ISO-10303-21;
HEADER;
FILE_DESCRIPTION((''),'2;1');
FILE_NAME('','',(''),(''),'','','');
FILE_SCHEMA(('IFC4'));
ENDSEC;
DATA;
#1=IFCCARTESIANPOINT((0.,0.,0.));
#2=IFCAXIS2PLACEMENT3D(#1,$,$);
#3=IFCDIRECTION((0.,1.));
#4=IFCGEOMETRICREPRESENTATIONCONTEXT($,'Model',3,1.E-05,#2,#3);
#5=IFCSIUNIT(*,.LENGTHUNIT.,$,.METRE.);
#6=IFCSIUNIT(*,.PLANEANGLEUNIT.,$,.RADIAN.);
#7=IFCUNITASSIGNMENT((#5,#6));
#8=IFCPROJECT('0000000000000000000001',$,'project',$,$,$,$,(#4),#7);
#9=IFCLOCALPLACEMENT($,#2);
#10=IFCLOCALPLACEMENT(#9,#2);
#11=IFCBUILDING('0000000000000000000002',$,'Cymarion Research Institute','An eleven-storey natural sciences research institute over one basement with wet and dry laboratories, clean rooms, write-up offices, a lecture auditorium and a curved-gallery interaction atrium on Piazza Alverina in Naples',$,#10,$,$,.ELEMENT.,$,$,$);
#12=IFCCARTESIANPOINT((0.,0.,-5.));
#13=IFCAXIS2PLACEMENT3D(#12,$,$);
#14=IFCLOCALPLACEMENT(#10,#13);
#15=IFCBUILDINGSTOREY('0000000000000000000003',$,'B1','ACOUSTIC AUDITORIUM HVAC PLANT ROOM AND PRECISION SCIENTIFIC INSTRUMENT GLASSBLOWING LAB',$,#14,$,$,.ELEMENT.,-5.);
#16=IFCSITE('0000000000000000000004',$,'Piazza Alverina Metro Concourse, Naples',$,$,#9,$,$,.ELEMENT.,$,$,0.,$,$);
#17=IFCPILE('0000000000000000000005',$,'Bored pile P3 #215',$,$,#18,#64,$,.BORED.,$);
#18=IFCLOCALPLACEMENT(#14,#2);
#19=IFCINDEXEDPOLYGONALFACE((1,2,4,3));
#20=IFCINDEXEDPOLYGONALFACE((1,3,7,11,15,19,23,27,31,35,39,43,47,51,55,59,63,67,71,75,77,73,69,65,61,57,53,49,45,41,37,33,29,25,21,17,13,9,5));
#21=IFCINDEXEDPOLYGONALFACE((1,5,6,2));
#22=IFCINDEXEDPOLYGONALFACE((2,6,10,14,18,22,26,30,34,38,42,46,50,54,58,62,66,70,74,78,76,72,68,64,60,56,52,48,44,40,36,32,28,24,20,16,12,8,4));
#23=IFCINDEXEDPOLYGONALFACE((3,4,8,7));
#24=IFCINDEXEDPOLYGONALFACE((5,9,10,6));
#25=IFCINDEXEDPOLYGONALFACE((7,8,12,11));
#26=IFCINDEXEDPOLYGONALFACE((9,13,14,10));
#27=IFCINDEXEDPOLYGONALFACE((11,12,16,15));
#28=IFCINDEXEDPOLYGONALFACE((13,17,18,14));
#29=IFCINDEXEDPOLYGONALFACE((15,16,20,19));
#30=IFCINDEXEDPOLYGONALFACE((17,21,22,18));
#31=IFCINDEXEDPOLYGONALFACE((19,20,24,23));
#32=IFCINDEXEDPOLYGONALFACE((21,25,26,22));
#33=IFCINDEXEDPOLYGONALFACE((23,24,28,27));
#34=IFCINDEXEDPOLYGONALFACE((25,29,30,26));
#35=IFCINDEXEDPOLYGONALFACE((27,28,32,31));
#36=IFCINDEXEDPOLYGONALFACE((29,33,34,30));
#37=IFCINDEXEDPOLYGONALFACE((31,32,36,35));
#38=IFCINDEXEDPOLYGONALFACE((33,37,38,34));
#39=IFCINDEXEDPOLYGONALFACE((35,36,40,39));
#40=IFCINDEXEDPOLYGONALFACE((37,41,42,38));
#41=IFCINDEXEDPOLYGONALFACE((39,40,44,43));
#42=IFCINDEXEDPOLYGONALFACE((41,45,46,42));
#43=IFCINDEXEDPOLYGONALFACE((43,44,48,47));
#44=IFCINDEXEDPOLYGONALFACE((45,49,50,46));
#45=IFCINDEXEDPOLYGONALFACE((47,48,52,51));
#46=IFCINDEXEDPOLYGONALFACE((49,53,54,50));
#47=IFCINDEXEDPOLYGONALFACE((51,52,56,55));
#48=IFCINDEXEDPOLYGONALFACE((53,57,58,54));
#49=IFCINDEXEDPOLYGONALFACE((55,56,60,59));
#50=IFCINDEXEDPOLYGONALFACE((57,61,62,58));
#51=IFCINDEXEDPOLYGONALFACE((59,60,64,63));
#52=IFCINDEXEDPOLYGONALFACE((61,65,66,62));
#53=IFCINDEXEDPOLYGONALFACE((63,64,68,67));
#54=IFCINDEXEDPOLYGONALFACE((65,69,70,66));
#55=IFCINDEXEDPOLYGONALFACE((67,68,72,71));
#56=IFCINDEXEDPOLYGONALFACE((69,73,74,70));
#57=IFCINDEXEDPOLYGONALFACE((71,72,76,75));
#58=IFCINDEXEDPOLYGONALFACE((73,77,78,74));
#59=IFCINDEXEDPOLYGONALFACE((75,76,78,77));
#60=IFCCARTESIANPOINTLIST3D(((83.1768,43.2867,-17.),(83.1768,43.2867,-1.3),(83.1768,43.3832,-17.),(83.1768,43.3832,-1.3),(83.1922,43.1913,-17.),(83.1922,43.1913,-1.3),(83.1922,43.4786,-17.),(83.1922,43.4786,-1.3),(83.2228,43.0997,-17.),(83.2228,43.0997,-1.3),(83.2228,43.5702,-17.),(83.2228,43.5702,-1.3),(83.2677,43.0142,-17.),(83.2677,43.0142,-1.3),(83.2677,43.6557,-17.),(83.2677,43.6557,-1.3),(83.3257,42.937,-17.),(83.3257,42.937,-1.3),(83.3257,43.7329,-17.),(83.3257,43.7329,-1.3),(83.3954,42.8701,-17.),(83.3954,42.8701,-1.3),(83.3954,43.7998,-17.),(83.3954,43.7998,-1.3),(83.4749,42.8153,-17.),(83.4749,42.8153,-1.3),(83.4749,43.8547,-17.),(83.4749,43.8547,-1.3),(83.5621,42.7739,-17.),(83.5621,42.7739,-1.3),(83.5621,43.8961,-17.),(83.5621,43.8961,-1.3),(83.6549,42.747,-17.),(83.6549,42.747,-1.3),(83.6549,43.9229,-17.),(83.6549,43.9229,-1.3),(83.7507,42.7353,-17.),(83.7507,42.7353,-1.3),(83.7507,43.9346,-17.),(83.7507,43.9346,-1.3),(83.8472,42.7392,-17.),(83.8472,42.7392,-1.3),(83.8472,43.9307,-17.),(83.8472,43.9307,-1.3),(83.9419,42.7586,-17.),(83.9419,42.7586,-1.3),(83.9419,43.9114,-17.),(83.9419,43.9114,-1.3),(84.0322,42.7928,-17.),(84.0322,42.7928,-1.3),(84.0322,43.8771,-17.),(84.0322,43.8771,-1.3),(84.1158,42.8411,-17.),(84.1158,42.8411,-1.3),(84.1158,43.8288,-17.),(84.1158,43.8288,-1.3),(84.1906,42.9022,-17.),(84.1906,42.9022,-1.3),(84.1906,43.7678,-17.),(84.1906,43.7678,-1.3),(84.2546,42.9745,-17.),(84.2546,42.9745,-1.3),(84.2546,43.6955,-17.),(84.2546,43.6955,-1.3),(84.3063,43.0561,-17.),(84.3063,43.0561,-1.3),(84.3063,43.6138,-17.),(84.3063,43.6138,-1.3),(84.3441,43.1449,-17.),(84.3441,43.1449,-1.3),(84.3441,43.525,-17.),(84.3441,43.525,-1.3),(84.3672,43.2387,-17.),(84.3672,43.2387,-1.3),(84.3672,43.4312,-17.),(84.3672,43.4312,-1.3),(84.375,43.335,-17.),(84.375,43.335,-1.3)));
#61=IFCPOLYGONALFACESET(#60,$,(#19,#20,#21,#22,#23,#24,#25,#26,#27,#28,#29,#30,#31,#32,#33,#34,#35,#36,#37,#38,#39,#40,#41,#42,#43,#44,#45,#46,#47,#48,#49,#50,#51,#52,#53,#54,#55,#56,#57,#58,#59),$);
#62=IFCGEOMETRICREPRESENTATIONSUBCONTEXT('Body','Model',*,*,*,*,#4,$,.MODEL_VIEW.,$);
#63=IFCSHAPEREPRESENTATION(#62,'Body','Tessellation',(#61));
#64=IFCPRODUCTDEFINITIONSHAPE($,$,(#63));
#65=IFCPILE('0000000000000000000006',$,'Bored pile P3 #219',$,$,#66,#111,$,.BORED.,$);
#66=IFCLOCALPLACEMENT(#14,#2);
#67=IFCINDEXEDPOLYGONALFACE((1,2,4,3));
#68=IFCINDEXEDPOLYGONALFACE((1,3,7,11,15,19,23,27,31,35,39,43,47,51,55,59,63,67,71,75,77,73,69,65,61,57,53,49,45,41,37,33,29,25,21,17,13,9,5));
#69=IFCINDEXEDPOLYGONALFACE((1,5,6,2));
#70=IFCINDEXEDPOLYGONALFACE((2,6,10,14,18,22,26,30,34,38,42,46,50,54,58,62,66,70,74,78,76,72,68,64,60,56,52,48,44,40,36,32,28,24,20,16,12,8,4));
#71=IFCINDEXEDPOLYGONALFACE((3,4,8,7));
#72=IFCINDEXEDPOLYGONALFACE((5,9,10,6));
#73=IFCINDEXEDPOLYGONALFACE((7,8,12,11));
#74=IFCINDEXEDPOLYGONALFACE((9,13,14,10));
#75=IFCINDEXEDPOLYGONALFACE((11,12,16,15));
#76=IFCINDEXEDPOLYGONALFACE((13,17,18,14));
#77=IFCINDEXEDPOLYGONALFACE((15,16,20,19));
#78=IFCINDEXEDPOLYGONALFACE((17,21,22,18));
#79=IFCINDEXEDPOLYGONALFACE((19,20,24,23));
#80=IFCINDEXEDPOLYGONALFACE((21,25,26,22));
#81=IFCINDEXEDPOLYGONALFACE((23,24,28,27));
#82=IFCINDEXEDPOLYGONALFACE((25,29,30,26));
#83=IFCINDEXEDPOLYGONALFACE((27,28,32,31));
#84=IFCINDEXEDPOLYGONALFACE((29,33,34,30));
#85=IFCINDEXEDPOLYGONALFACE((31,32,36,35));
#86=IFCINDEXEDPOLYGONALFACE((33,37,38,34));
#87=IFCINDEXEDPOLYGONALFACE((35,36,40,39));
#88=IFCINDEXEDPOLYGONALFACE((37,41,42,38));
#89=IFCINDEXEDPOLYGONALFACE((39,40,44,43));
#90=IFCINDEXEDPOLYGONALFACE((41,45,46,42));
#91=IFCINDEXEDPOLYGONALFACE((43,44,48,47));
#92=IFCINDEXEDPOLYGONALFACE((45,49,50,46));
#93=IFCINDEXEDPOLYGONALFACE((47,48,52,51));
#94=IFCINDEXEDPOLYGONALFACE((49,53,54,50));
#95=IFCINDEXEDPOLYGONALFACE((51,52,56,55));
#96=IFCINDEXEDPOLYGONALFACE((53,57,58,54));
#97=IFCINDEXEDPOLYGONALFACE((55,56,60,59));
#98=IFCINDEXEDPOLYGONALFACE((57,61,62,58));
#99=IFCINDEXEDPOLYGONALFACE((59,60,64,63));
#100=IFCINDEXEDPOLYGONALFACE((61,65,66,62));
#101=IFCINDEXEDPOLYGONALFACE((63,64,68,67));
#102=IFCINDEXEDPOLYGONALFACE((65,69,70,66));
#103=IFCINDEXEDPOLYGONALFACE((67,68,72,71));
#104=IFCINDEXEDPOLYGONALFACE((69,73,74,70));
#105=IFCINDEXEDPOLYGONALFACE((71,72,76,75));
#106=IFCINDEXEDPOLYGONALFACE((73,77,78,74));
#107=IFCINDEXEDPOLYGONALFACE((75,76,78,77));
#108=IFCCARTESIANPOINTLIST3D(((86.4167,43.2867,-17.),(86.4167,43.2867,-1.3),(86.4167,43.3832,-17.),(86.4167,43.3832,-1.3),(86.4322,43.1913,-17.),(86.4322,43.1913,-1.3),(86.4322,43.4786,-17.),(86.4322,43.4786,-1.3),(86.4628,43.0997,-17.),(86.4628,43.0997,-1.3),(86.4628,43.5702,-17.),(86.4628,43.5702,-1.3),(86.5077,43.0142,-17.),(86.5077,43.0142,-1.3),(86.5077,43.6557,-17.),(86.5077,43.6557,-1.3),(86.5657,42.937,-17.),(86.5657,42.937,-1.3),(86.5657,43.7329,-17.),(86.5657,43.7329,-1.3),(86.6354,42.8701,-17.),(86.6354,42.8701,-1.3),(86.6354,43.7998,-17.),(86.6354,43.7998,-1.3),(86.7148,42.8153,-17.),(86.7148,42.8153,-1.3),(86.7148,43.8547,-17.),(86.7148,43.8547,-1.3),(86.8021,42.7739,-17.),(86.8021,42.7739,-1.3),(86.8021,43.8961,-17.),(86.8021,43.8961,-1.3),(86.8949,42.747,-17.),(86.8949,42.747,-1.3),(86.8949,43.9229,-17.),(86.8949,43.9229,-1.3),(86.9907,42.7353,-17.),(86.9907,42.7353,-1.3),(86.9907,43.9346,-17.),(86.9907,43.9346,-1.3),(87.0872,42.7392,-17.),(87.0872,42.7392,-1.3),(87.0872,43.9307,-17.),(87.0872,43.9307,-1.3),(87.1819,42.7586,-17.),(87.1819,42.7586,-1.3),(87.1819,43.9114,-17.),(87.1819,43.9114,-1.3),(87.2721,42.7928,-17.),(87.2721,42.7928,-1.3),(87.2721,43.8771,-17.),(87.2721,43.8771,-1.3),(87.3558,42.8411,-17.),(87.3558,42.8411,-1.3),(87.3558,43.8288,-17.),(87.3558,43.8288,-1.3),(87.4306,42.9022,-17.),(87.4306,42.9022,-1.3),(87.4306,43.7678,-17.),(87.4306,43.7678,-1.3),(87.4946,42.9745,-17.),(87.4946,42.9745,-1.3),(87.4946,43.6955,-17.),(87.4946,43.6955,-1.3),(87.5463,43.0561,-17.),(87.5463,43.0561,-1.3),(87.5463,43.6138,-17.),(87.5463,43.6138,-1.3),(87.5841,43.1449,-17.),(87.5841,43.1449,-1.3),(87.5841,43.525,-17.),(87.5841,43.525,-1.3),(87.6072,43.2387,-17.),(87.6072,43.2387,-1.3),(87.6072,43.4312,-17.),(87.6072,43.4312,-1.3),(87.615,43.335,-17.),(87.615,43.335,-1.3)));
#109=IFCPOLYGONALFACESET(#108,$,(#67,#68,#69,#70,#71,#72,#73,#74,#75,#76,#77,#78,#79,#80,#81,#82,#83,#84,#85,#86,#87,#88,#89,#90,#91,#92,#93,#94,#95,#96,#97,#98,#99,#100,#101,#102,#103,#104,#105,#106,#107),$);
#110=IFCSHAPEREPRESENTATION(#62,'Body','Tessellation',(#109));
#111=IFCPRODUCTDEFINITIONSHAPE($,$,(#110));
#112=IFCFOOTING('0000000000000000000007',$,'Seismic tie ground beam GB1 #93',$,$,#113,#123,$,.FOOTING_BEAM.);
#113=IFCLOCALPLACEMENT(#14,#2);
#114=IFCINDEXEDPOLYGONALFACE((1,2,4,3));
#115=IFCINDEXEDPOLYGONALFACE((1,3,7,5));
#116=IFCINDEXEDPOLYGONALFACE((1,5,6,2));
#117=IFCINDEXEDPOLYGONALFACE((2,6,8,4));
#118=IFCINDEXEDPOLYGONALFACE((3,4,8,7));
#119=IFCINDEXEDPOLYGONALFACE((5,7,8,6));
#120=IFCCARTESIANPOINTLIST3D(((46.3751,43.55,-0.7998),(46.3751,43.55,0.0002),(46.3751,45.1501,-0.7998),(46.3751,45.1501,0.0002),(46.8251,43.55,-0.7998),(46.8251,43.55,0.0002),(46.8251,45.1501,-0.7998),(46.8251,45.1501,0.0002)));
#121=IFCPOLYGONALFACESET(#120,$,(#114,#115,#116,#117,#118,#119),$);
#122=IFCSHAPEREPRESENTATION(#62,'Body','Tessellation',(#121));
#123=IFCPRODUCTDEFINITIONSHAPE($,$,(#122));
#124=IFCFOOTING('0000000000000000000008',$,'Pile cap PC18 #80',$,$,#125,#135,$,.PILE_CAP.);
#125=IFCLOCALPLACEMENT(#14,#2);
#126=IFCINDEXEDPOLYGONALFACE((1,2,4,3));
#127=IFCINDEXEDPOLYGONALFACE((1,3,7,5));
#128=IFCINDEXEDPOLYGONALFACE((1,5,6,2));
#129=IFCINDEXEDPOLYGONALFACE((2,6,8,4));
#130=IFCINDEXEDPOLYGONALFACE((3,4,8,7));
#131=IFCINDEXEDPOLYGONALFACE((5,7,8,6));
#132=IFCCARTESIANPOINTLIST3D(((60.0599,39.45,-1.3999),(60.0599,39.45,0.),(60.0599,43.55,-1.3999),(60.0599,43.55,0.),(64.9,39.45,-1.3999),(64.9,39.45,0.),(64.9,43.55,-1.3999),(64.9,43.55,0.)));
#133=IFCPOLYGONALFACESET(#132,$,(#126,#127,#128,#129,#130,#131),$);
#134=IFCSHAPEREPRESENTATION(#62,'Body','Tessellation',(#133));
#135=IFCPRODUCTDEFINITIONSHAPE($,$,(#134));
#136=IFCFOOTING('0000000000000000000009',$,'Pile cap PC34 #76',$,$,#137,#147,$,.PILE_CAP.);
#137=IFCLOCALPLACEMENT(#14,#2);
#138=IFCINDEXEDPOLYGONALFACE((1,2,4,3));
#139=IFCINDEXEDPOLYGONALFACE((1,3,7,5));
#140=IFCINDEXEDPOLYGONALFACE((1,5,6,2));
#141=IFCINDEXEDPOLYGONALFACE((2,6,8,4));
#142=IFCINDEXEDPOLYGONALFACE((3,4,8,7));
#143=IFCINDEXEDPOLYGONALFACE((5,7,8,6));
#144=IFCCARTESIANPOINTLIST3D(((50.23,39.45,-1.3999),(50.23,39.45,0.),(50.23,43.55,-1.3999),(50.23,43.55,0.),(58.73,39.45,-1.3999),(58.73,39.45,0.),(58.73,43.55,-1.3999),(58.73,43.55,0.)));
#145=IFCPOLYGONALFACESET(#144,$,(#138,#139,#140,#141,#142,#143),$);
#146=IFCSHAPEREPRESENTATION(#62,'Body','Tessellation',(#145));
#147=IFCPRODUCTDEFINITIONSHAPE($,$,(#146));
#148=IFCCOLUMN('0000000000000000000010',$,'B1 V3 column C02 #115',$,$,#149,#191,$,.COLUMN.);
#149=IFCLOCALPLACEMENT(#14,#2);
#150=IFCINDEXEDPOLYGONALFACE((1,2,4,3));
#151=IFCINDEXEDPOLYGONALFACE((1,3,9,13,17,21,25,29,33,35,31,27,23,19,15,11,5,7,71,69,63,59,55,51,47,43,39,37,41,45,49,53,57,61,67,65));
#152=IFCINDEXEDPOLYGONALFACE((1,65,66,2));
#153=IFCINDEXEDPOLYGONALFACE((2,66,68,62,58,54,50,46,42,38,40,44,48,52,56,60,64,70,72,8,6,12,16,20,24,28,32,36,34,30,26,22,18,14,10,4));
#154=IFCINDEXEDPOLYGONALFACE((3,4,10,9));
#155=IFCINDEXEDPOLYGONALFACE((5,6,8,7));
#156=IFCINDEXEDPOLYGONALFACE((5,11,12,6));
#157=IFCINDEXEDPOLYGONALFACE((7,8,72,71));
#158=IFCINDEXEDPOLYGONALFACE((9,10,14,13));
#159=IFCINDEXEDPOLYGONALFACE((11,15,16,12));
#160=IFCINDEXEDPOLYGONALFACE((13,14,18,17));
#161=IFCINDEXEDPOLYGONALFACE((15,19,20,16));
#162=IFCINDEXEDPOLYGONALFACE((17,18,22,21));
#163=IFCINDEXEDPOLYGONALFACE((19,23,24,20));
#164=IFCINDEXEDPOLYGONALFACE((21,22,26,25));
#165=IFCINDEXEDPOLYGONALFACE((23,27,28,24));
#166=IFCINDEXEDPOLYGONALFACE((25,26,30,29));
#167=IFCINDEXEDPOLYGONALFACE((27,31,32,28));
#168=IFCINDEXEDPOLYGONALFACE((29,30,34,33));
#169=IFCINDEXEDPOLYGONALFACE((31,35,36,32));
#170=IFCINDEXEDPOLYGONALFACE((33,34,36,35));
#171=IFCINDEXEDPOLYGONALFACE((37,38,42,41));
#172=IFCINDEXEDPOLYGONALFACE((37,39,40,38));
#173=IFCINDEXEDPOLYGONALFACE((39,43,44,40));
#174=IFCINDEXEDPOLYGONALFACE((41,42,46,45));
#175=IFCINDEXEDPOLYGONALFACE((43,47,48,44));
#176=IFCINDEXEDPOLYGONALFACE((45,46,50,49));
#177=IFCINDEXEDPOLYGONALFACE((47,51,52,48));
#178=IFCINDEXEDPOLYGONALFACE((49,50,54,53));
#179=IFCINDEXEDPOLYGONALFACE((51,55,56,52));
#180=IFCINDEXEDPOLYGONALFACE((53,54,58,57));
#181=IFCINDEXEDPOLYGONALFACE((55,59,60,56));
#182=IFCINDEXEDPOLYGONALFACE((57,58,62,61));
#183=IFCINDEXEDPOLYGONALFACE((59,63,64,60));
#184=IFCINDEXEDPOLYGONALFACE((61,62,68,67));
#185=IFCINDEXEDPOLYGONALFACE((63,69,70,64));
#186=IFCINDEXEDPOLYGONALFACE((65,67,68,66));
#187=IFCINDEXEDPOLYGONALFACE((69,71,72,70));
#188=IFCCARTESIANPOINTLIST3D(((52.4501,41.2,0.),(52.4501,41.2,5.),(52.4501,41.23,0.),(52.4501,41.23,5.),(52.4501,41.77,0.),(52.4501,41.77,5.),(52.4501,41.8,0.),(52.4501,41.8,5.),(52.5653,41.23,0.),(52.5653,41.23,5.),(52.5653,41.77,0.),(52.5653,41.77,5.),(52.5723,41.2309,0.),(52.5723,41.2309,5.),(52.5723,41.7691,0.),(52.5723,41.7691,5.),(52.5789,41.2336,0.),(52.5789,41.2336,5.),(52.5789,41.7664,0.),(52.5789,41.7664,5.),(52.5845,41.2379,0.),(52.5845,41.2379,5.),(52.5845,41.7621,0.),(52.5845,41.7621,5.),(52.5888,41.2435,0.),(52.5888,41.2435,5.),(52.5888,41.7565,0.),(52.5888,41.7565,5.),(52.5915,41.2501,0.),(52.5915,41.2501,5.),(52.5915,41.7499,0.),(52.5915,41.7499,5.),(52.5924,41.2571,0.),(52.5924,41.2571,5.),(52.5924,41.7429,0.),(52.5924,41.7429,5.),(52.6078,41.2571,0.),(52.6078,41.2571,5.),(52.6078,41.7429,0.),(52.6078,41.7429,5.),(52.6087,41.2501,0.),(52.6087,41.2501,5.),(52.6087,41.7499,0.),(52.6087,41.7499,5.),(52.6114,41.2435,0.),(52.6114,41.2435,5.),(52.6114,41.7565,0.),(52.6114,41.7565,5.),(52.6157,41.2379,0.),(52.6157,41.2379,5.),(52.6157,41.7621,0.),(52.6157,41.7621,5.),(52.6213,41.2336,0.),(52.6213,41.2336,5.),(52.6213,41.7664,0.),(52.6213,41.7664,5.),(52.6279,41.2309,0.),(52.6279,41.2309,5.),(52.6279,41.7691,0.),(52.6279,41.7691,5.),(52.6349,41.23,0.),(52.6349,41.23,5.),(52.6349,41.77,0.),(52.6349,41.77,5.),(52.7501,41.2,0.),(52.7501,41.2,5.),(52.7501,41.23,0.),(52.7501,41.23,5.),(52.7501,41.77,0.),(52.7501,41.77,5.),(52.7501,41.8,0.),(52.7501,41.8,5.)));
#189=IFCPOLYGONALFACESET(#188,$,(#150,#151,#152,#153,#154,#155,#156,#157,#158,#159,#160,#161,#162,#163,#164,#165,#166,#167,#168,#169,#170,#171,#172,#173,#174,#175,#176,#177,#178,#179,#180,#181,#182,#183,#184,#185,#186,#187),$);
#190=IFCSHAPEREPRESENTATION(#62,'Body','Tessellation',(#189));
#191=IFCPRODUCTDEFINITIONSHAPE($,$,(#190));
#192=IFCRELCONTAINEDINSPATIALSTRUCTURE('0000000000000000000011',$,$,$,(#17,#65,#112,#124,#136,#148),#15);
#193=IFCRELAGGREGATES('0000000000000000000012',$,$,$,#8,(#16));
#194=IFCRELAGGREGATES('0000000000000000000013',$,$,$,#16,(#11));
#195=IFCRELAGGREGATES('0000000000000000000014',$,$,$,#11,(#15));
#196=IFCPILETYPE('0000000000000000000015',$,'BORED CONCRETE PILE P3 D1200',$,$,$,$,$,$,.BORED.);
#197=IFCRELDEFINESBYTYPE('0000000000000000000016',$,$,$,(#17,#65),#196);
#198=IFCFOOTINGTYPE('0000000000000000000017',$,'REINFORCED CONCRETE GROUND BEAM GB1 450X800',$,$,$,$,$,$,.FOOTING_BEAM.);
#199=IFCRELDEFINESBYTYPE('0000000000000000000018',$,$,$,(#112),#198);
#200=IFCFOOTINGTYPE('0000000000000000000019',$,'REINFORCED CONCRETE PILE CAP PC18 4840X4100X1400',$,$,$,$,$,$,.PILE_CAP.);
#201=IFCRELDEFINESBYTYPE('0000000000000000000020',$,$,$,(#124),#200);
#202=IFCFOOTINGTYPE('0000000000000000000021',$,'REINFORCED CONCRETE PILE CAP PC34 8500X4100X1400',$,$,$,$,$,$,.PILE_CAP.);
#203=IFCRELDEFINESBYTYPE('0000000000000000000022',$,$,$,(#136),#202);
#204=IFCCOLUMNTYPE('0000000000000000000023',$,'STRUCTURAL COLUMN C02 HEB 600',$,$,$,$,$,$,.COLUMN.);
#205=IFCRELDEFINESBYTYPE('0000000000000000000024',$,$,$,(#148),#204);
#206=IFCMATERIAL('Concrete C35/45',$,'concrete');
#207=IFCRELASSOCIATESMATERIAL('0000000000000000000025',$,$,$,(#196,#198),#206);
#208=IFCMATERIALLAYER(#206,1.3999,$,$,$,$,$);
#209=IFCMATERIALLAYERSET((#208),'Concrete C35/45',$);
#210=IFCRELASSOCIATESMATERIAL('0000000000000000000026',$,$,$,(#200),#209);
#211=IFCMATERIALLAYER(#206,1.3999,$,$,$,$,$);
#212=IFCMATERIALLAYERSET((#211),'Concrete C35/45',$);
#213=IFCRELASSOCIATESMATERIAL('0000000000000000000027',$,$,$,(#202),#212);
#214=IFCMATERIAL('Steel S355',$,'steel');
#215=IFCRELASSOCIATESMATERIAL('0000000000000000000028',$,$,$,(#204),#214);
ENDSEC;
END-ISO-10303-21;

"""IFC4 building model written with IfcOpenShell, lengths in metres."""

from ifc_helpers import new_model, si_unit, direction, frame, origin, origin_2d, place, context, subcontext, project, spatial, rectangle, circle, i_section, extrude, material, layer, layer_set, material_profile, profile_set, type_object, element, save


model = new_model("IFC4")

# Units and contexts
model_context = context("Model", 3, precision=1e-05, world=origin(), true_north=direction((0.0, 1.0)))
body_context = subcontext(model_context, "Body", "Model", "MODEL_VIEW")
ifc_project = project(units=[si_unit("LENGTHUNIT", "METRE"), si_unit("PLANEANGLEUNIT", "RADIAN")], contexts=[model_context])

# Site, building, storey
site_placement = place(None, origin())
site = spatial("IfcSite", under=ifc_project, at=site_placement, Name="Piazza Alverina Metro Concourse, Naples", CompositionType="ELEMENT", RefElevation=0.0)
building_placement = place(site_placement, origin())
building = spatial("IfcBuilding", under=site, at=building_placement, Name="Cymarion Research Institute", Description="An eleven-storey natural sciences research institute over one basement with wet and dry laboratories, clean rooms, write-up offices, a lecture auditorium and a curved-gallery interaction atrium on Piazza Alverina in Naples", CompositionType="ELEMENT")
storey_placement = place(building_placement, frame((0.0, 0.0, -5.0)))
storey = spatial("IfcBuildingStorey", under=building, at=storey_placement, Name="B1", Description="ACOUSTIC AUDITORIUM HVAC PLANT ROOM AND PRECISION SCIENTIFIC INSTRUMENT GLASSBLOWING LAB", CompositionType="ELEMENT", Elevation=-5.0)

# Piles
ifc_material_1 = material(Name="Concrete C35/45", Category="concrete")
ifc_material_profile_1 = material_profile(ifc_material_1, circle(Radius=0.6001, at=origin_2d()), Name="BORED PILE D1200")
ifc_profile_set_1 = profile_set([ifc_material_profile_1], Name="Concrete C35/45")
pile_type_1 = type_object("IfcPileType", Name="BORED CONCRETE PILE P3 D1200", PredefinedType="BORED", material=ifc_profile_set_1)
for number, where, z_axis, x_axis, name in (
    (1, (83.7749, 43.335, -1.3), (0.0, 0.0, -1.0), (1.0, 0.0, 0.0), "Bored pile P3 #215"),
    (2, (87.0149, 43.335, -1.3), (0.0, 0.0, -1.0), (1.0, 0.0, 0.0), "Bored pile P3 #219"),
):
    element("IfcPile", number, at=place(storey_placement, frame(where, z_axis=z_axis, x_axis=x_axis)), inside=storey, type_object=pile_type_1, Name=name, PredefinedType="BORED", context=body_context, shape_type="SweptSolid", body=[
        extrude(circle(Radius=0.6001, at=origin_2d()), origin(), (0.0, 0.0, 1.0), 15.7),
    ])

# Footings
footing_type_1 = type_object("IfcFootingType", Name="REINFORCED CONCRETE GROUND BEAM GB1 450X800", PredefinedType="FOOTING_BEAM", material=ifc_material_1)
footing_1_placement = place(storey_placement, frame((46.6001, 44.3501, -0.7998), z_axis=(0.0, 0.0, 1.0), x_axis=(0.0, 1.0, 0.0)))
element("IfcFooting", 3, at=footing_1_placement, inside=storey, type_object=footing_type_1, Name="Seismic tie ground beam GB1 #93", PredefinedType="FOOTING_BEAM", context=body_context, shape_type="SweptSolid", body=[
    extrude(rectangle(XDim=1.6001, YDim=0.45, at=origin_2d()), origin(), (0.0, 0.0, 1.0), 0.8),
])
ifc_layer_1 = layer(ifc_material_1, 1.3999)
ifc_layer_set_1 = layer_set([ifc_layer_1], Name="Concrete C35/45")
footing_type_2 = type_object("IfcFootingType", Name="REINFORCED CONCRETE PILE CAP PC18 4840X4100X1400", PredefinedType="PILE_CAP", material=ifc_layer_set_1)
footing_2_placement = place(storey_placement, frame((62.48, 41.5, -1.3999), z_axis=(0.0, 0.0, 1.0), x_axis=(1.0, 0.0, 0.0)))
element("IfcFooting", 4, at=footing_2_placement, inside=storey, type_object=footing_type_2, Name="Pile cap PC18 #80", PredefinedType="PILE_CAP", context=body_context, shape_type="SweptSolid", body=[
    extrude(rectangle(XDim=4.8401, YDim=4.1001, at=origin_2d()), origin(), (0.0, 0.0, 1.0), 1.3999),
])
ifc_layer_2 = layer(ifc_material_1, 1.3999)
ifc_layer_set_2 = layer_set([ifc_layer_2], Name="Concrete C35/45")
footing_type_3 = type_object("IfcFootingType", Name="REINFORCED CONCRETE PILE CAP PC34 8500X4100X1400", PredefinedType="PILE_CAP", material=ifc_layer_set_2)
footing_3_placement = place(storey_placement, frame((54.48, 41.5, -1.3999), z_axis=(0.0, 0.0, 1.0), x_axis=(1.0, 0.0, 0.0)))
element("IfcFooting", 5, at=footing_3_placement, inside=storey, type_object=footing_type_3, Name="Pile cap PC34 #76", PredefinedType="PILE_CAP", context=body_context, shape_type="SweptSolid", body=[
    extrude(rectangle(XDim=8.5, YDim=4.1001, at=origin_2d()), origin(), (0.0, 0.0, 1.0), 1.3999),
])

# Column
ifc_material_2 = material(Name="Steel S355", Category="steel")
ifc_material_profile_2 = material_profile(ifc_material_2, i_section(OverallWidth=0.3, OverallDepth=0.6001, WebThickness=0.0154, FlangeThickness=0.03, FilletRadius=0.0271, at=origin_2d()), Name="HEB 600")
ifc_profile_set_2 = profile_set([ifc_material_profile_2], Name="Steel S355")
column_type_1 = type_object("IfcColumnType", Name="STRUCTURAL COLUMN C02 HEB 600", PredefinedType="COLUMN", material=ifc_profile_set_2)
for number, where, z_axis, x_axis, name in (
    (6, (52.6001, 41.5, 0.0), (0.0, 0.0, 1.0), (1.0, 0.0, 0.0), "B1 V3 column C02 #115"),
):
    element("IfcColumn", number, at=place(storey_placement, frame(where, z_axis=z_axis, x_axis=x_axis)), inside=storey, type_object=column_type_1, Name=name, PredefinedType="COLUMN", context=body_context, shape_type="SweptSolid", body=[
        extrude(i_section(OverallWidth=0.3, OverallDepth=0.6001, WebThickness=0.0154, FlangeThickness=0.03, FilletRadius=0.0271, at=origin_2d()), origin(), (0.0, 0.0, 1.0), 5.0),
    ])

save(model, "model.ifc")
